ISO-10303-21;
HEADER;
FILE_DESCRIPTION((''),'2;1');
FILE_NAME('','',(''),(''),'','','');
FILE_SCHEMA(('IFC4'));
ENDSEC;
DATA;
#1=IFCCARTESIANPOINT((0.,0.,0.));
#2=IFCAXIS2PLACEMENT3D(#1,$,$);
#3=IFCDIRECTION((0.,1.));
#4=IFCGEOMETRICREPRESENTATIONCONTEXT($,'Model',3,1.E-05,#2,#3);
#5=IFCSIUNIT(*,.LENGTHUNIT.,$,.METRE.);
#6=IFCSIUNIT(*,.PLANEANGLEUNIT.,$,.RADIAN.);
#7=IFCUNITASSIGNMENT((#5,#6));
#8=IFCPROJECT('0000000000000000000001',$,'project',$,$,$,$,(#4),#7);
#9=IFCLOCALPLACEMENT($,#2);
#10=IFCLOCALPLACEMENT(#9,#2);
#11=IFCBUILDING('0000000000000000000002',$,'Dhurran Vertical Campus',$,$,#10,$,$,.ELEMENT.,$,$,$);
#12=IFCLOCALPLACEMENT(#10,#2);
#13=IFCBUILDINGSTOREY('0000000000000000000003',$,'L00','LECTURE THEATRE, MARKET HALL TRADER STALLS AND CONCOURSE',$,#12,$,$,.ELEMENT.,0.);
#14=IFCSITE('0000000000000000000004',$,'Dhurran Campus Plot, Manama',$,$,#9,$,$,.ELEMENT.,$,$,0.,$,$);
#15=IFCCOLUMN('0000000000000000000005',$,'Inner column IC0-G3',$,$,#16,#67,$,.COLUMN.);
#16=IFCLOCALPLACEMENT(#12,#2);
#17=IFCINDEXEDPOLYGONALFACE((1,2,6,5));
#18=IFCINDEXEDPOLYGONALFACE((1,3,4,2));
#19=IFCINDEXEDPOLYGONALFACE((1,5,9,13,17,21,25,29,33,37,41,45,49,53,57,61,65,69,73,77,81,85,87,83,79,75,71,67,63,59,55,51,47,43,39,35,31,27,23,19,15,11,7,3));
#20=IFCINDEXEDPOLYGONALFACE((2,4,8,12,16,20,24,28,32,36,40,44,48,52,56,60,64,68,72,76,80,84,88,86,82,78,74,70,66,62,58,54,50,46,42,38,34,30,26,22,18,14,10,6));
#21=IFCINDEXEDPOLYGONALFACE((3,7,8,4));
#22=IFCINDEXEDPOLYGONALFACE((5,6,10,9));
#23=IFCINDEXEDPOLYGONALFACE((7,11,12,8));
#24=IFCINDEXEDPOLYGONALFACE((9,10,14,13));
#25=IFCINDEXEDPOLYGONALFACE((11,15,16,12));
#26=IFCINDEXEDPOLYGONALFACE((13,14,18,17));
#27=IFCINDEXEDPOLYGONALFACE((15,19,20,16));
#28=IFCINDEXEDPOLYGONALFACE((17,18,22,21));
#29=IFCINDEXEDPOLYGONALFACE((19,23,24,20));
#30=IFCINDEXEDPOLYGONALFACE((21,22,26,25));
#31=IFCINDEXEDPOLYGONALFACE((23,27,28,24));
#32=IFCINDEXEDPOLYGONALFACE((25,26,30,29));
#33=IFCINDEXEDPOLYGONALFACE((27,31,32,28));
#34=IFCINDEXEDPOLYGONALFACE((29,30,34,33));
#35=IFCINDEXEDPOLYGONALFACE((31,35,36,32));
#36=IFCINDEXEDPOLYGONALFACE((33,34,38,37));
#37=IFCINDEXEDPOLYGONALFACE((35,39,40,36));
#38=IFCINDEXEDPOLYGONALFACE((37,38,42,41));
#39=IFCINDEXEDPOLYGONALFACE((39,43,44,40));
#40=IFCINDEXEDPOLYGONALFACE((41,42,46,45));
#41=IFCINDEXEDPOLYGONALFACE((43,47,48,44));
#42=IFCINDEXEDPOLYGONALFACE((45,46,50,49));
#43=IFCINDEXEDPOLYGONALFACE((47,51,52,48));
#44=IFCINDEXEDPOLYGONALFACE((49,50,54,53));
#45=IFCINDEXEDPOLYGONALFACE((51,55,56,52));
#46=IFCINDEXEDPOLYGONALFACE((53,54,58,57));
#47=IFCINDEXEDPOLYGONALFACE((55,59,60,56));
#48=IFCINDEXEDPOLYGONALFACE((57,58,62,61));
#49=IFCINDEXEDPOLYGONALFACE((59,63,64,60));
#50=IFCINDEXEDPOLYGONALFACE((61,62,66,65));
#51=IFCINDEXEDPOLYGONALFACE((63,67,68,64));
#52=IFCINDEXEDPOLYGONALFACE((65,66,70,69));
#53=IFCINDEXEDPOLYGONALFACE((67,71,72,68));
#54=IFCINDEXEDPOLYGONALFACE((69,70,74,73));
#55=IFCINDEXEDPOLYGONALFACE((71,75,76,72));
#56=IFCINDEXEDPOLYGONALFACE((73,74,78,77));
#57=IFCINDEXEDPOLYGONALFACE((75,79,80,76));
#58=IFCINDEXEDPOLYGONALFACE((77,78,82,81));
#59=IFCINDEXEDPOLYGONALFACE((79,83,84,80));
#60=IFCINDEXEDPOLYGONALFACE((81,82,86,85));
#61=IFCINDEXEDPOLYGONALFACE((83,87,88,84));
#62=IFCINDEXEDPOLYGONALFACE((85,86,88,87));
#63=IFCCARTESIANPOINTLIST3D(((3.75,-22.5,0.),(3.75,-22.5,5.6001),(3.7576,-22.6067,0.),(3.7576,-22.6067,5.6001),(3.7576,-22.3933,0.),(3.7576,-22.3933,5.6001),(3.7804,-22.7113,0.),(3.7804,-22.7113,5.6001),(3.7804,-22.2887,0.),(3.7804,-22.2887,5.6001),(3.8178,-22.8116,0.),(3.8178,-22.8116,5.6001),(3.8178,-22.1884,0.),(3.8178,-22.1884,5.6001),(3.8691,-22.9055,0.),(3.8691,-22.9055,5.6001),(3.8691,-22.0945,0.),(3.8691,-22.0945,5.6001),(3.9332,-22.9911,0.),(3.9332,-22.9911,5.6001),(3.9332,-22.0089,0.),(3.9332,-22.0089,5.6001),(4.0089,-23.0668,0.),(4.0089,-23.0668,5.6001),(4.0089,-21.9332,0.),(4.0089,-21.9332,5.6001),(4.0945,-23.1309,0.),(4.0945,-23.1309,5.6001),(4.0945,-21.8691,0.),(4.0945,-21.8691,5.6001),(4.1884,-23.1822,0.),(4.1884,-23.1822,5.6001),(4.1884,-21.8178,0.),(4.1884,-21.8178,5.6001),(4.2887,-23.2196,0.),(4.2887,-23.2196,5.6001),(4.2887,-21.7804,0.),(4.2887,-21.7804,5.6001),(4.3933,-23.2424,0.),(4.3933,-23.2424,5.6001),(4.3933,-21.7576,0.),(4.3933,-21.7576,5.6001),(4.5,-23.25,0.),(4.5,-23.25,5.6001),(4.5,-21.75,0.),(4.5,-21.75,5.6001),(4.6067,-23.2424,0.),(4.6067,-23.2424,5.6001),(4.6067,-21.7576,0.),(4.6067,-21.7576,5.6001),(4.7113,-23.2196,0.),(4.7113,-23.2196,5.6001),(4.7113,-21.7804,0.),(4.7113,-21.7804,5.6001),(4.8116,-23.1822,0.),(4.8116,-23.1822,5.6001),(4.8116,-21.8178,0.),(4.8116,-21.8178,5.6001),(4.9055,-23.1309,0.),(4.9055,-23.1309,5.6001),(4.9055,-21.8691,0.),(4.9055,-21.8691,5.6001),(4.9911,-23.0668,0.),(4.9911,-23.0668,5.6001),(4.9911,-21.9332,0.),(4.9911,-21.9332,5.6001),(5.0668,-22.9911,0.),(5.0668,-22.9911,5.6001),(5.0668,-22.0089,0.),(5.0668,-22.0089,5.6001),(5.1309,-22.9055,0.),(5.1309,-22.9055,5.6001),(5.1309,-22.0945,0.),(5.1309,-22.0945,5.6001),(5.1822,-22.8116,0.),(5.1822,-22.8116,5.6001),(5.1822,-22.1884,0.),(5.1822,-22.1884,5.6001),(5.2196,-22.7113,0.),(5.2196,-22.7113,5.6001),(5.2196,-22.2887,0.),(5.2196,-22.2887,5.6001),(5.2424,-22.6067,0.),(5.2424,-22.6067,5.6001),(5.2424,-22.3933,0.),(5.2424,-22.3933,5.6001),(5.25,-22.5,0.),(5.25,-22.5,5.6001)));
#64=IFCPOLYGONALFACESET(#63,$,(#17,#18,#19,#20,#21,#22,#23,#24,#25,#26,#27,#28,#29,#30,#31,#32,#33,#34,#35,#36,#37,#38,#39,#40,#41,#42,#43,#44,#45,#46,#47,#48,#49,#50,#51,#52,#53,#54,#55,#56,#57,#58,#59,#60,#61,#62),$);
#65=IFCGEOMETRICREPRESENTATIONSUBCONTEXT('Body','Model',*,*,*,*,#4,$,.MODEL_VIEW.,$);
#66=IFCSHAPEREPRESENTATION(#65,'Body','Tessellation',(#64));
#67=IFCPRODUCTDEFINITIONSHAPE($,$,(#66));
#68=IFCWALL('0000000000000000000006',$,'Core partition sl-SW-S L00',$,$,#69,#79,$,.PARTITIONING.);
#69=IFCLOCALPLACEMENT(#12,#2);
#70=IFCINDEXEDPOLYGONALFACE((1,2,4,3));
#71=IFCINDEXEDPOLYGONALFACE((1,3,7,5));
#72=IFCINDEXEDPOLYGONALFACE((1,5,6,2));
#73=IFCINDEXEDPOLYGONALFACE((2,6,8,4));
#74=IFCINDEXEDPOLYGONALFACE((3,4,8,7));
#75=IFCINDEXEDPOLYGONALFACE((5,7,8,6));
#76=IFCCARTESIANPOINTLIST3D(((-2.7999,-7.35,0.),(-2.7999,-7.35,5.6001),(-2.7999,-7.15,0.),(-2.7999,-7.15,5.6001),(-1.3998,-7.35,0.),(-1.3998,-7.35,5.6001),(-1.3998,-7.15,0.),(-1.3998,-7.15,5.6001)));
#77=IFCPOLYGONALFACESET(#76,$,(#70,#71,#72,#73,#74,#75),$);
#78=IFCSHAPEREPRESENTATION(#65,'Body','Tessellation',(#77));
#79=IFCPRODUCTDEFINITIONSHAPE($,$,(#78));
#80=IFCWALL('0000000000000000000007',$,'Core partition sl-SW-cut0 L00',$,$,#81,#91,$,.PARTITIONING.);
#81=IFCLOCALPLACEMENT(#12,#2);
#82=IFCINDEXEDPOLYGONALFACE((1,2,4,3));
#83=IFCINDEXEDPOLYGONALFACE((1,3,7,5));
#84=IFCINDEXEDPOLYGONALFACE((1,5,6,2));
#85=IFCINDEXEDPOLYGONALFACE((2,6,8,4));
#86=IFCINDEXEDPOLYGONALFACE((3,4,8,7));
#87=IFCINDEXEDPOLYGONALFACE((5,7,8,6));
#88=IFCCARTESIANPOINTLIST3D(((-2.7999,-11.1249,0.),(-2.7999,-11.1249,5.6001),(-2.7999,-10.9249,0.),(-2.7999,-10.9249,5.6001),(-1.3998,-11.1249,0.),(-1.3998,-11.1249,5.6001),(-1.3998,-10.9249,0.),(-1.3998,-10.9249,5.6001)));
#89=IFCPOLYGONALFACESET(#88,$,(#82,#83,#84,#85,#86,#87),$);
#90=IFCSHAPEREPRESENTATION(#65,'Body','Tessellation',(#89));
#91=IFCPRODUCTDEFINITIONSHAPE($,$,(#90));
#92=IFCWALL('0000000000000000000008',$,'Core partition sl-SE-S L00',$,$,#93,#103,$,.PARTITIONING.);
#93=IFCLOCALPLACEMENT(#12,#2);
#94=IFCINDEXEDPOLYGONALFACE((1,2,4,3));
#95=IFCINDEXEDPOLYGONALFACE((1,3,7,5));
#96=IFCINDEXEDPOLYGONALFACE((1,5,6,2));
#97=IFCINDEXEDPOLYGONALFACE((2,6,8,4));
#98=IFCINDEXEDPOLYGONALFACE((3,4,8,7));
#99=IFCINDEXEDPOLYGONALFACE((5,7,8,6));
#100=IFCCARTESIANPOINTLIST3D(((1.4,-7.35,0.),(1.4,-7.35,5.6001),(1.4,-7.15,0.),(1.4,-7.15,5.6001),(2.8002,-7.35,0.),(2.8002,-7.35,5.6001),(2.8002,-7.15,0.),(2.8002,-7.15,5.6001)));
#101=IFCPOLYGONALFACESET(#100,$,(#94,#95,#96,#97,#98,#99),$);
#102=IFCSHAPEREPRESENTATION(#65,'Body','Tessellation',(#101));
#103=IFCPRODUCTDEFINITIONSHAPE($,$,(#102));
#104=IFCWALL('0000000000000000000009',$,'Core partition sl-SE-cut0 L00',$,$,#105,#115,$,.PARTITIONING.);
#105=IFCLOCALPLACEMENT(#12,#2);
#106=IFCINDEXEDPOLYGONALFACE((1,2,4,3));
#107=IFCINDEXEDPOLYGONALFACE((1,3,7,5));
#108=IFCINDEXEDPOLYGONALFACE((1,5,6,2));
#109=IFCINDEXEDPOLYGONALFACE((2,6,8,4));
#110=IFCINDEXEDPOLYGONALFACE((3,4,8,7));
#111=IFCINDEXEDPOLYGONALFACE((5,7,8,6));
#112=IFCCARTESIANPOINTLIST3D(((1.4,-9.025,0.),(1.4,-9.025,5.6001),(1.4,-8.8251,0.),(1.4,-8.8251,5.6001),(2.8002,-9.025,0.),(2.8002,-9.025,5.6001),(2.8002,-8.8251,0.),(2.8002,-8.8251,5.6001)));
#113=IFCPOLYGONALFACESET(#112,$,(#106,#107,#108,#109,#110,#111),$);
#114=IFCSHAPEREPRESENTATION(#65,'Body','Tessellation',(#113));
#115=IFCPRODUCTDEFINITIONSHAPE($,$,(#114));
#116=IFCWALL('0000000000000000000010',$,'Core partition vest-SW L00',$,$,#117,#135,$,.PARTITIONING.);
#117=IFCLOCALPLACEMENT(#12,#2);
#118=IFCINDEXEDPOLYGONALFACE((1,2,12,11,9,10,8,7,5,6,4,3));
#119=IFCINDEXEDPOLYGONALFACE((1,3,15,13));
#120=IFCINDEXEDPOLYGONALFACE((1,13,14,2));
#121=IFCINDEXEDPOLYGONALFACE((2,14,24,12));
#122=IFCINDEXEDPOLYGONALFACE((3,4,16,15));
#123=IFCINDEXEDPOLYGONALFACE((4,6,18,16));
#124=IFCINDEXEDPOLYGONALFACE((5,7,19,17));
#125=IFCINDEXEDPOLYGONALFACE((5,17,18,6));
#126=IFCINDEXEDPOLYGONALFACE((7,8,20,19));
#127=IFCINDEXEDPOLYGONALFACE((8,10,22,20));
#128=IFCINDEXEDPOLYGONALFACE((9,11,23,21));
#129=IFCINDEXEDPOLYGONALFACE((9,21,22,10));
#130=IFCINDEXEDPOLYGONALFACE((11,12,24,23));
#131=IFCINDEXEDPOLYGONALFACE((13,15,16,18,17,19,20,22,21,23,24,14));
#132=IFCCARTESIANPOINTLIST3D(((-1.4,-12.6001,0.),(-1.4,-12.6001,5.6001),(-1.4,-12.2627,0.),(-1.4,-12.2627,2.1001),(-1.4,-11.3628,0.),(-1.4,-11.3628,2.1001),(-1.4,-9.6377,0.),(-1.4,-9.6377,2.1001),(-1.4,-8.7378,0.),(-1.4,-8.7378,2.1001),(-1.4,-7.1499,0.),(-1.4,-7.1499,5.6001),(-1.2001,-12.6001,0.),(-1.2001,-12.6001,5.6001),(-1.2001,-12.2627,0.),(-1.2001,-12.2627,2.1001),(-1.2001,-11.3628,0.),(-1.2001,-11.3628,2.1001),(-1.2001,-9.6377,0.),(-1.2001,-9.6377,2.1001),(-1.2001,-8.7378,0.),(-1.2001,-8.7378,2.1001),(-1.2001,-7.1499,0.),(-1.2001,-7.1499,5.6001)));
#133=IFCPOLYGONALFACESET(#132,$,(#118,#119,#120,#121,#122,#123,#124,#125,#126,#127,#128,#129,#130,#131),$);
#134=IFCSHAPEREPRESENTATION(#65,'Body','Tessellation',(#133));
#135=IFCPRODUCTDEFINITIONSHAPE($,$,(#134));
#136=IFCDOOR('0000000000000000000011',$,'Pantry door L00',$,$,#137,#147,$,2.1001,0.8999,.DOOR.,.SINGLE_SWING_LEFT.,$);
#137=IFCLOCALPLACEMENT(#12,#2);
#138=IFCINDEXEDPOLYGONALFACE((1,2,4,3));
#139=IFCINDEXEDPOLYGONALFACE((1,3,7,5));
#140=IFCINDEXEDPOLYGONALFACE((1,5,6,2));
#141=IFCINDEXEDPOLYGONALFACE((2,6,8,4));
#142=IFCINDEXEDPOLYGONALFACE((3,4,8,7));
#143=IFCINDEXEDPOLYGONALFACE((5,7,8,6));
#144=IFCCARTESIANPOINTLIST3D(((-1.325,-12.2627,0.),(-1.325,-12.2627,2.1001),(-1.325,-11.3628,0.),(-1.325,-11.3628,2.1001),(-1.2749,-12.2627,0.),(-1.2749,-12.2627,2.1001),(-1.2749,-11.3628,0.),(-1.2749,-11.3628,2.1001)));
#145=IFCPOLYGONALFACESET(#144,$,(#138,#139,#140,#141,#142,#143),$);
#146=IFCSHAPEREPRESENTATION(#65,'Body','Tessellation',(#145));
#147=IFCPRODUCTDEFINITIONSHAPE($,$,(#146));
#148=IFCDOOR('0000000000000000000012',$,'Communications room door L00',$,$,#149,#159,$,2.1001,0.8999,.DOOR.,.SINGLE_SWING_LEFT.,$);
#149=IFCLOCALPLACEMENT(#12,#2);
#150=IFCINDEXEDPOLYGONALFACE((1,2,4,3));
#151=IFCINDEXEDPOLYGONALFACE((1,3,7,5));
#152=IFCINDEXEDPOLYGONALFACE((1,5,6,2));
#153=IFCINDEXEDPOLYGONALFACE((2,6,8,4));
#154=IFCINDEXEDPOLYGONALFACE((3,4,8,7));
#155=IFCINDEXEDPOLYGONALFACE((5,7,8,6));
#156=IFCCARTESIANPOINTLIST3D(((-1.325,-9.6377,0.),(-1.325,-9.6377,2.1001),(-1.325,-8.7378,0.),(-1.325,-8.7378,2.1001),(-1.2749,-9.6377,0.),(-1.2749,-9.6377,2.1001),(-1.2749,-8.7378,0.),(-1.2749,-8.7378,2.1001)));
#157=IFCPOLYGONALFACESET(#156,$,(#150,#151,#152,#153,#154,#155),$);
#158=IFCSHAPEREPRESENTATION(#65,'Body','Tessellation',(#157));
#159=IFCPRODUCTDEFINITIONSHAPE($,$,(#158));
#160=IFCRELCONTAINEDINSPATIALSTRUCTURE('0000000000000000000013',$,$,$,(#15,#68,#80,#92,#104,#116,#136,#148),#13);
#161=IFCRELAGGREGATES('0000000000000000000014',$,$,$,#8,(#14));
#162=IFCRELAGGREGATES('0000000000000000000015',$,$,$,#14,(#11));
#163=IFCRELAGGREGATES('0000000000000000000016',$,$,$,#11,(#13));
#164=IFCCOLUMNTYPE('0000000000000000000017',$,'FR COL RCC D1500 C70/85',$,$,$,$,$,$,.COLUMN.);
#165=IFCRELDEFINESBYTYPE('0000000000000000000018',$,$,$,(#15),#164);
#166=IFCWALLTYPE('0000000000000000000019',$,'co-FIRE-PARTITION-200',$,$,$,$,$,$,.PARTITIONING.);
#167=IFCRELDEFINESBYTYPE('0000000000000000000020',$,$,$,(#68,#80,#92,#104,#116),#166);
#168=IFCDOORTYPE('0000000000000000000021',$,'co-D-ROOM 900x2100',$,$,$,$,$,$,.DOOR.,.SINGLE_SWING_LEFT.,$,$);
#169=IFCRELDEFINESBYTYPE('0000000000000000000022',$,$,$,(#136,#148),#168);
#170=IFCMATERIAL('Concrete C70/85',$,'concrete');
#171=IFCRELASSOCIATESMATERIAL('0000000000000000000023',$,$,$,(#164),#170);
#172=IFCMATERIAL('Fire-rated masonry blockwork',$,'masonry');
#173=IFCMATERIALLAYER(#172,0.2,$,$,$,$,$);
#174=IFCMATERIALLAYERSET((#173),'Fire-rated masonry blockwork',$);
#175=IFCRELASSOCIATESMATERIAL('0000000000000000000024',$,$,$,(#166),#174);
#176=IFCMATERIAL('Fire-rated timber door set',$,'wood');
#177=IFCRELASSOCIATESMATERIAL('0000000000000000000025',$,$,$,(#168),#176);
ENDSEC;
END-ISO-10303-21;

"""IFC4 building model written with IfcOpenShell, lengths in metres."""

from ifc_helpers import new_model, si_unit, direction, frame, frame_2d, origin, origin_2d, place, context, subcontext, project, spatial, rectangle, circle, extrude, material, layer, layer_set, material_profile, profile_set, type_object, element, fill, save


model = new_model("IFC4")

# Units and contexts
model_context = context("Model", 3, precision=1e-05, world=origin(), true_north=direction((0.0, 1.0)))
body_context = subcontext(model_context, "Body", "Model", "MODEL_VIEW")
ifc_project = project(units=[si_unit("LENGTHUNIT", "METRE"), si_unit("PLANEANGLEUNIT", "RADIAN")], contexts=[model_context])

# Site, building, storey
site_placement = place(None, origin())
site = spatial("IfcSite", under=ifc_project, at=site_placement, Name="Dhurran Campus Plot, Manama", CompositionType="ELEMENT", RefElevation=0.0)
building_placement = place(site_placement, origin())
building = spatial("IfcBuilding", under=site, at=building_placement, Name="Dhurran Vertical Campus", CompositionType="ELEMENT")
storey_placement = place(building_placement, origin())
storey = spatial("IfcBuildingStorey", under=building, at=storey_placement, Name="L00", Description="LECTURE THEATRE, MARKET HALL TRADER STALLS AND CONCOURSE", CompositionType="ELEMENT", Elevation=0.0)

# Column
ifc_material_1 = material(Name="Concrete C70/85", Category="concrete")
ifc_material_profile = material_profile(ifc_material_1, circle(Radius=0.75, at=origin_2d()), Name="RCC D1500")
ifc_profile_set = profile_set([ifc_material_profile], Name="Concrete C70/85")
column_type = type_object("IfcColumnType", Name="FR COL RCC D1500 C70/85", PredefinedType="COLUMN", material=ifc_profile_set)
column_placement = place(storey_placement, frame((4.5, -22.5, 0.0), z_axis=(0.0, 0.0, 1.0), x_axis=(1.0, 0.0, 0.0)))
element("IfcColumn", 1, at=column_placement, inside=storey, type_object=column_type, Name="Inner column IC0-G3", PredefinedType="COLUMN", context=body_context, shape_type="SweptSolid", body=[
    extrude(circle(Radius=0.75, at=origin_2d()), origin(), (0.0, 0.0, 1.0), 5.6001),
])

# Walls
ifc_material_2 = material(Name="Fire-rated masonry blockwork", Category="masonry")
ifc_layer_1 = layer(ifc_material_2, 0.2)
ifc_layer_set_1 = layer_set([ifc_layer_1], Name="Fire-rated masonry blockwork")
wall_type_1 = type_object("IfcWallType", Name="co-FIRE-PARTITION-200", PredefinedType="PARTITIONING", material=ifc_layer_set_1)
for number, where, z_axis, x_axis, name in (
    (2, (-2.8, -7.25, 0.0), (0.0, 0.0, 1.0), (1.0, 0.0, 0.0), "Core partition sl-SW-S L00"),
    (3, (-2.8, -11.0249, 0.0), (0.0, 0.0, 1.0), (1.0, 0.0, 0.0), "Core partition sl-SW-cut0 L00"),
    (4, (1.3999, -7.25, 0.0), (0.0, 0.0, 1.0), (1.0, 0.0, 0.0), "Core partition sl-SE-S L00"),
    (5, (1.3999, -8.925, 0.0), (0.0, 0.0, 1.0), (1.0, 0.0, 0.0), "Core partition sl-SE-cut0 L00"),
):
    element("IfcWall", number, at=place(storey_placement, frame(where, z_axis=z_axis, x_axis=x_axis)), inside=storey, type_object=wall_type_1, Name=name, PredefinedType="PARTITIONING", context=body_context, shape_type="SweptSolid", body=[
        extrude(rectangle(XDim=1.4001, YDim=0.2, at=frame_2d((0.7002, 0.0))), origin(), (0.0, 0.0, 1.0), 5.6001),
    ])

# Wall, openings, doors
wall_1_placement = place(storey_placement, frame((-1.3, -12.6001, 0.0), z_axis=(0.0, 0.0, 1.0), x_axis=(0.0, 1.0, 0.0)))
wall_1 = element("IfcWall", 6, at=wall_1_placement, inside=storey, type_object=wall_type_1, Name="Core partition vest-SW L00", PredefinedType="PARTITIONING", context=body_context, shape_type="SweptSolid", body=[
    extrude(rectangle(XDim=5.4502, YDim=0.2, at=frame_2d((2.7251, 0.0))), origin(), (0.0, 0.0, 1.0), 5.6001),
])
opening_1_placement = place(wall_1_placement, frame((0.3374, 0.0, 0.0)))
opening_1 = element("IfcOpeningElement", 7, at=opening_1_placement, cuts=wall_1, PredefinedType="OPENING", context=body_context, shape_type="SweptSolid", body=[
    extrude(rectangle(XDim=0.8999, YDim=2.1001, at=frame_2d((0.45, 1.05))), frame((0.0, 0.1099, 0.0), z_axis=(0.0, -1.0, 0.0), x_axis=(1.0, 0.0, 0.0)), (0.0, 0.0, 1.0), 0.22),
])
opening_2_placement = place(wall_1_placement, frame((2.9624, 0.0, 0.0)))
opening_2 = element("IfcOpeningElement", 8, at=opening_2_placement, cuts=wall_1, PredefinedType="OPENING", context=body_context, shape_type="SweptSolid", body=[
    extrude(rectangle(XDim=0.8999, YDim=2.1001, at=frame_2d((0.45, 1.05))), frame((0.0, 0.1099, 0.0), z_axis=(0.0, -1.0, 0.0), x_axis=(1.0, 0.0, 0.0)), (0.0, 0.0, 1.0), 0.22),
])
ifc_material_3 = material(Name="Fire-rated timber door set", Category="wood")
door_type_1 = type_object("IfcDoorType", Name="co-D-ROOM 900x2100", OperationType="SINGLE_SWING_LEFT", PredefinedType="DOOR", material=ifc_material_3)
door_1_placement = place(opening_1_placement, origin())
door_1 = element("IfcDoor", 9, at=door_1_placement, inside=storey, type_object=door_type_1, Name="Pantry door L00", OperationType="SINGLE_SWING_LEFT", OverallHeight=2.1001, OverallWidth=0.8999, PredefinedType="DOOR", context=body_context, shape_type="SweptSolid", body=[
    extrude(rectangle(XDim=0.8999, YDim=2.1001, at=frame_2d((0.45, 1.05))), frame((0.0, 0.0249, 0.0), z_axis=(0.0, -1.0, 0.0), x_axis=(1.0, 0.0, 0.0)), (0.0, 0.0, 1.0), 0.05),
])
fill(opening_1, door_1)
door_2_placement = place(opening_2_placement, origin())
door_2 = element("IfcDoor", 10, at=door_2_placement, inside=storey, type_object=door_type_1, Name="Communications room door L00", OperationType="SINGLE_SWING_LEFT", OverallHeight=2.1001, OverallWidth=0.8999, PredefinedType="DOOR", context=body_context, shape_type="SweptSolid", body=[
    extrude(rectangle(XDim=0.8999, YDim=2.1001, at=frame_2d((0.45, 1.05))), frame((0.0, 0.0249, 0.0), z_axis=(0.0, -1.0, 0.0), x_axis=(1.0, 0.0, 0.0)), (0.0, 0.0, 1.0), 0.05),
])
fill(opening_2, door_2)

save(model, "model.ifc")
